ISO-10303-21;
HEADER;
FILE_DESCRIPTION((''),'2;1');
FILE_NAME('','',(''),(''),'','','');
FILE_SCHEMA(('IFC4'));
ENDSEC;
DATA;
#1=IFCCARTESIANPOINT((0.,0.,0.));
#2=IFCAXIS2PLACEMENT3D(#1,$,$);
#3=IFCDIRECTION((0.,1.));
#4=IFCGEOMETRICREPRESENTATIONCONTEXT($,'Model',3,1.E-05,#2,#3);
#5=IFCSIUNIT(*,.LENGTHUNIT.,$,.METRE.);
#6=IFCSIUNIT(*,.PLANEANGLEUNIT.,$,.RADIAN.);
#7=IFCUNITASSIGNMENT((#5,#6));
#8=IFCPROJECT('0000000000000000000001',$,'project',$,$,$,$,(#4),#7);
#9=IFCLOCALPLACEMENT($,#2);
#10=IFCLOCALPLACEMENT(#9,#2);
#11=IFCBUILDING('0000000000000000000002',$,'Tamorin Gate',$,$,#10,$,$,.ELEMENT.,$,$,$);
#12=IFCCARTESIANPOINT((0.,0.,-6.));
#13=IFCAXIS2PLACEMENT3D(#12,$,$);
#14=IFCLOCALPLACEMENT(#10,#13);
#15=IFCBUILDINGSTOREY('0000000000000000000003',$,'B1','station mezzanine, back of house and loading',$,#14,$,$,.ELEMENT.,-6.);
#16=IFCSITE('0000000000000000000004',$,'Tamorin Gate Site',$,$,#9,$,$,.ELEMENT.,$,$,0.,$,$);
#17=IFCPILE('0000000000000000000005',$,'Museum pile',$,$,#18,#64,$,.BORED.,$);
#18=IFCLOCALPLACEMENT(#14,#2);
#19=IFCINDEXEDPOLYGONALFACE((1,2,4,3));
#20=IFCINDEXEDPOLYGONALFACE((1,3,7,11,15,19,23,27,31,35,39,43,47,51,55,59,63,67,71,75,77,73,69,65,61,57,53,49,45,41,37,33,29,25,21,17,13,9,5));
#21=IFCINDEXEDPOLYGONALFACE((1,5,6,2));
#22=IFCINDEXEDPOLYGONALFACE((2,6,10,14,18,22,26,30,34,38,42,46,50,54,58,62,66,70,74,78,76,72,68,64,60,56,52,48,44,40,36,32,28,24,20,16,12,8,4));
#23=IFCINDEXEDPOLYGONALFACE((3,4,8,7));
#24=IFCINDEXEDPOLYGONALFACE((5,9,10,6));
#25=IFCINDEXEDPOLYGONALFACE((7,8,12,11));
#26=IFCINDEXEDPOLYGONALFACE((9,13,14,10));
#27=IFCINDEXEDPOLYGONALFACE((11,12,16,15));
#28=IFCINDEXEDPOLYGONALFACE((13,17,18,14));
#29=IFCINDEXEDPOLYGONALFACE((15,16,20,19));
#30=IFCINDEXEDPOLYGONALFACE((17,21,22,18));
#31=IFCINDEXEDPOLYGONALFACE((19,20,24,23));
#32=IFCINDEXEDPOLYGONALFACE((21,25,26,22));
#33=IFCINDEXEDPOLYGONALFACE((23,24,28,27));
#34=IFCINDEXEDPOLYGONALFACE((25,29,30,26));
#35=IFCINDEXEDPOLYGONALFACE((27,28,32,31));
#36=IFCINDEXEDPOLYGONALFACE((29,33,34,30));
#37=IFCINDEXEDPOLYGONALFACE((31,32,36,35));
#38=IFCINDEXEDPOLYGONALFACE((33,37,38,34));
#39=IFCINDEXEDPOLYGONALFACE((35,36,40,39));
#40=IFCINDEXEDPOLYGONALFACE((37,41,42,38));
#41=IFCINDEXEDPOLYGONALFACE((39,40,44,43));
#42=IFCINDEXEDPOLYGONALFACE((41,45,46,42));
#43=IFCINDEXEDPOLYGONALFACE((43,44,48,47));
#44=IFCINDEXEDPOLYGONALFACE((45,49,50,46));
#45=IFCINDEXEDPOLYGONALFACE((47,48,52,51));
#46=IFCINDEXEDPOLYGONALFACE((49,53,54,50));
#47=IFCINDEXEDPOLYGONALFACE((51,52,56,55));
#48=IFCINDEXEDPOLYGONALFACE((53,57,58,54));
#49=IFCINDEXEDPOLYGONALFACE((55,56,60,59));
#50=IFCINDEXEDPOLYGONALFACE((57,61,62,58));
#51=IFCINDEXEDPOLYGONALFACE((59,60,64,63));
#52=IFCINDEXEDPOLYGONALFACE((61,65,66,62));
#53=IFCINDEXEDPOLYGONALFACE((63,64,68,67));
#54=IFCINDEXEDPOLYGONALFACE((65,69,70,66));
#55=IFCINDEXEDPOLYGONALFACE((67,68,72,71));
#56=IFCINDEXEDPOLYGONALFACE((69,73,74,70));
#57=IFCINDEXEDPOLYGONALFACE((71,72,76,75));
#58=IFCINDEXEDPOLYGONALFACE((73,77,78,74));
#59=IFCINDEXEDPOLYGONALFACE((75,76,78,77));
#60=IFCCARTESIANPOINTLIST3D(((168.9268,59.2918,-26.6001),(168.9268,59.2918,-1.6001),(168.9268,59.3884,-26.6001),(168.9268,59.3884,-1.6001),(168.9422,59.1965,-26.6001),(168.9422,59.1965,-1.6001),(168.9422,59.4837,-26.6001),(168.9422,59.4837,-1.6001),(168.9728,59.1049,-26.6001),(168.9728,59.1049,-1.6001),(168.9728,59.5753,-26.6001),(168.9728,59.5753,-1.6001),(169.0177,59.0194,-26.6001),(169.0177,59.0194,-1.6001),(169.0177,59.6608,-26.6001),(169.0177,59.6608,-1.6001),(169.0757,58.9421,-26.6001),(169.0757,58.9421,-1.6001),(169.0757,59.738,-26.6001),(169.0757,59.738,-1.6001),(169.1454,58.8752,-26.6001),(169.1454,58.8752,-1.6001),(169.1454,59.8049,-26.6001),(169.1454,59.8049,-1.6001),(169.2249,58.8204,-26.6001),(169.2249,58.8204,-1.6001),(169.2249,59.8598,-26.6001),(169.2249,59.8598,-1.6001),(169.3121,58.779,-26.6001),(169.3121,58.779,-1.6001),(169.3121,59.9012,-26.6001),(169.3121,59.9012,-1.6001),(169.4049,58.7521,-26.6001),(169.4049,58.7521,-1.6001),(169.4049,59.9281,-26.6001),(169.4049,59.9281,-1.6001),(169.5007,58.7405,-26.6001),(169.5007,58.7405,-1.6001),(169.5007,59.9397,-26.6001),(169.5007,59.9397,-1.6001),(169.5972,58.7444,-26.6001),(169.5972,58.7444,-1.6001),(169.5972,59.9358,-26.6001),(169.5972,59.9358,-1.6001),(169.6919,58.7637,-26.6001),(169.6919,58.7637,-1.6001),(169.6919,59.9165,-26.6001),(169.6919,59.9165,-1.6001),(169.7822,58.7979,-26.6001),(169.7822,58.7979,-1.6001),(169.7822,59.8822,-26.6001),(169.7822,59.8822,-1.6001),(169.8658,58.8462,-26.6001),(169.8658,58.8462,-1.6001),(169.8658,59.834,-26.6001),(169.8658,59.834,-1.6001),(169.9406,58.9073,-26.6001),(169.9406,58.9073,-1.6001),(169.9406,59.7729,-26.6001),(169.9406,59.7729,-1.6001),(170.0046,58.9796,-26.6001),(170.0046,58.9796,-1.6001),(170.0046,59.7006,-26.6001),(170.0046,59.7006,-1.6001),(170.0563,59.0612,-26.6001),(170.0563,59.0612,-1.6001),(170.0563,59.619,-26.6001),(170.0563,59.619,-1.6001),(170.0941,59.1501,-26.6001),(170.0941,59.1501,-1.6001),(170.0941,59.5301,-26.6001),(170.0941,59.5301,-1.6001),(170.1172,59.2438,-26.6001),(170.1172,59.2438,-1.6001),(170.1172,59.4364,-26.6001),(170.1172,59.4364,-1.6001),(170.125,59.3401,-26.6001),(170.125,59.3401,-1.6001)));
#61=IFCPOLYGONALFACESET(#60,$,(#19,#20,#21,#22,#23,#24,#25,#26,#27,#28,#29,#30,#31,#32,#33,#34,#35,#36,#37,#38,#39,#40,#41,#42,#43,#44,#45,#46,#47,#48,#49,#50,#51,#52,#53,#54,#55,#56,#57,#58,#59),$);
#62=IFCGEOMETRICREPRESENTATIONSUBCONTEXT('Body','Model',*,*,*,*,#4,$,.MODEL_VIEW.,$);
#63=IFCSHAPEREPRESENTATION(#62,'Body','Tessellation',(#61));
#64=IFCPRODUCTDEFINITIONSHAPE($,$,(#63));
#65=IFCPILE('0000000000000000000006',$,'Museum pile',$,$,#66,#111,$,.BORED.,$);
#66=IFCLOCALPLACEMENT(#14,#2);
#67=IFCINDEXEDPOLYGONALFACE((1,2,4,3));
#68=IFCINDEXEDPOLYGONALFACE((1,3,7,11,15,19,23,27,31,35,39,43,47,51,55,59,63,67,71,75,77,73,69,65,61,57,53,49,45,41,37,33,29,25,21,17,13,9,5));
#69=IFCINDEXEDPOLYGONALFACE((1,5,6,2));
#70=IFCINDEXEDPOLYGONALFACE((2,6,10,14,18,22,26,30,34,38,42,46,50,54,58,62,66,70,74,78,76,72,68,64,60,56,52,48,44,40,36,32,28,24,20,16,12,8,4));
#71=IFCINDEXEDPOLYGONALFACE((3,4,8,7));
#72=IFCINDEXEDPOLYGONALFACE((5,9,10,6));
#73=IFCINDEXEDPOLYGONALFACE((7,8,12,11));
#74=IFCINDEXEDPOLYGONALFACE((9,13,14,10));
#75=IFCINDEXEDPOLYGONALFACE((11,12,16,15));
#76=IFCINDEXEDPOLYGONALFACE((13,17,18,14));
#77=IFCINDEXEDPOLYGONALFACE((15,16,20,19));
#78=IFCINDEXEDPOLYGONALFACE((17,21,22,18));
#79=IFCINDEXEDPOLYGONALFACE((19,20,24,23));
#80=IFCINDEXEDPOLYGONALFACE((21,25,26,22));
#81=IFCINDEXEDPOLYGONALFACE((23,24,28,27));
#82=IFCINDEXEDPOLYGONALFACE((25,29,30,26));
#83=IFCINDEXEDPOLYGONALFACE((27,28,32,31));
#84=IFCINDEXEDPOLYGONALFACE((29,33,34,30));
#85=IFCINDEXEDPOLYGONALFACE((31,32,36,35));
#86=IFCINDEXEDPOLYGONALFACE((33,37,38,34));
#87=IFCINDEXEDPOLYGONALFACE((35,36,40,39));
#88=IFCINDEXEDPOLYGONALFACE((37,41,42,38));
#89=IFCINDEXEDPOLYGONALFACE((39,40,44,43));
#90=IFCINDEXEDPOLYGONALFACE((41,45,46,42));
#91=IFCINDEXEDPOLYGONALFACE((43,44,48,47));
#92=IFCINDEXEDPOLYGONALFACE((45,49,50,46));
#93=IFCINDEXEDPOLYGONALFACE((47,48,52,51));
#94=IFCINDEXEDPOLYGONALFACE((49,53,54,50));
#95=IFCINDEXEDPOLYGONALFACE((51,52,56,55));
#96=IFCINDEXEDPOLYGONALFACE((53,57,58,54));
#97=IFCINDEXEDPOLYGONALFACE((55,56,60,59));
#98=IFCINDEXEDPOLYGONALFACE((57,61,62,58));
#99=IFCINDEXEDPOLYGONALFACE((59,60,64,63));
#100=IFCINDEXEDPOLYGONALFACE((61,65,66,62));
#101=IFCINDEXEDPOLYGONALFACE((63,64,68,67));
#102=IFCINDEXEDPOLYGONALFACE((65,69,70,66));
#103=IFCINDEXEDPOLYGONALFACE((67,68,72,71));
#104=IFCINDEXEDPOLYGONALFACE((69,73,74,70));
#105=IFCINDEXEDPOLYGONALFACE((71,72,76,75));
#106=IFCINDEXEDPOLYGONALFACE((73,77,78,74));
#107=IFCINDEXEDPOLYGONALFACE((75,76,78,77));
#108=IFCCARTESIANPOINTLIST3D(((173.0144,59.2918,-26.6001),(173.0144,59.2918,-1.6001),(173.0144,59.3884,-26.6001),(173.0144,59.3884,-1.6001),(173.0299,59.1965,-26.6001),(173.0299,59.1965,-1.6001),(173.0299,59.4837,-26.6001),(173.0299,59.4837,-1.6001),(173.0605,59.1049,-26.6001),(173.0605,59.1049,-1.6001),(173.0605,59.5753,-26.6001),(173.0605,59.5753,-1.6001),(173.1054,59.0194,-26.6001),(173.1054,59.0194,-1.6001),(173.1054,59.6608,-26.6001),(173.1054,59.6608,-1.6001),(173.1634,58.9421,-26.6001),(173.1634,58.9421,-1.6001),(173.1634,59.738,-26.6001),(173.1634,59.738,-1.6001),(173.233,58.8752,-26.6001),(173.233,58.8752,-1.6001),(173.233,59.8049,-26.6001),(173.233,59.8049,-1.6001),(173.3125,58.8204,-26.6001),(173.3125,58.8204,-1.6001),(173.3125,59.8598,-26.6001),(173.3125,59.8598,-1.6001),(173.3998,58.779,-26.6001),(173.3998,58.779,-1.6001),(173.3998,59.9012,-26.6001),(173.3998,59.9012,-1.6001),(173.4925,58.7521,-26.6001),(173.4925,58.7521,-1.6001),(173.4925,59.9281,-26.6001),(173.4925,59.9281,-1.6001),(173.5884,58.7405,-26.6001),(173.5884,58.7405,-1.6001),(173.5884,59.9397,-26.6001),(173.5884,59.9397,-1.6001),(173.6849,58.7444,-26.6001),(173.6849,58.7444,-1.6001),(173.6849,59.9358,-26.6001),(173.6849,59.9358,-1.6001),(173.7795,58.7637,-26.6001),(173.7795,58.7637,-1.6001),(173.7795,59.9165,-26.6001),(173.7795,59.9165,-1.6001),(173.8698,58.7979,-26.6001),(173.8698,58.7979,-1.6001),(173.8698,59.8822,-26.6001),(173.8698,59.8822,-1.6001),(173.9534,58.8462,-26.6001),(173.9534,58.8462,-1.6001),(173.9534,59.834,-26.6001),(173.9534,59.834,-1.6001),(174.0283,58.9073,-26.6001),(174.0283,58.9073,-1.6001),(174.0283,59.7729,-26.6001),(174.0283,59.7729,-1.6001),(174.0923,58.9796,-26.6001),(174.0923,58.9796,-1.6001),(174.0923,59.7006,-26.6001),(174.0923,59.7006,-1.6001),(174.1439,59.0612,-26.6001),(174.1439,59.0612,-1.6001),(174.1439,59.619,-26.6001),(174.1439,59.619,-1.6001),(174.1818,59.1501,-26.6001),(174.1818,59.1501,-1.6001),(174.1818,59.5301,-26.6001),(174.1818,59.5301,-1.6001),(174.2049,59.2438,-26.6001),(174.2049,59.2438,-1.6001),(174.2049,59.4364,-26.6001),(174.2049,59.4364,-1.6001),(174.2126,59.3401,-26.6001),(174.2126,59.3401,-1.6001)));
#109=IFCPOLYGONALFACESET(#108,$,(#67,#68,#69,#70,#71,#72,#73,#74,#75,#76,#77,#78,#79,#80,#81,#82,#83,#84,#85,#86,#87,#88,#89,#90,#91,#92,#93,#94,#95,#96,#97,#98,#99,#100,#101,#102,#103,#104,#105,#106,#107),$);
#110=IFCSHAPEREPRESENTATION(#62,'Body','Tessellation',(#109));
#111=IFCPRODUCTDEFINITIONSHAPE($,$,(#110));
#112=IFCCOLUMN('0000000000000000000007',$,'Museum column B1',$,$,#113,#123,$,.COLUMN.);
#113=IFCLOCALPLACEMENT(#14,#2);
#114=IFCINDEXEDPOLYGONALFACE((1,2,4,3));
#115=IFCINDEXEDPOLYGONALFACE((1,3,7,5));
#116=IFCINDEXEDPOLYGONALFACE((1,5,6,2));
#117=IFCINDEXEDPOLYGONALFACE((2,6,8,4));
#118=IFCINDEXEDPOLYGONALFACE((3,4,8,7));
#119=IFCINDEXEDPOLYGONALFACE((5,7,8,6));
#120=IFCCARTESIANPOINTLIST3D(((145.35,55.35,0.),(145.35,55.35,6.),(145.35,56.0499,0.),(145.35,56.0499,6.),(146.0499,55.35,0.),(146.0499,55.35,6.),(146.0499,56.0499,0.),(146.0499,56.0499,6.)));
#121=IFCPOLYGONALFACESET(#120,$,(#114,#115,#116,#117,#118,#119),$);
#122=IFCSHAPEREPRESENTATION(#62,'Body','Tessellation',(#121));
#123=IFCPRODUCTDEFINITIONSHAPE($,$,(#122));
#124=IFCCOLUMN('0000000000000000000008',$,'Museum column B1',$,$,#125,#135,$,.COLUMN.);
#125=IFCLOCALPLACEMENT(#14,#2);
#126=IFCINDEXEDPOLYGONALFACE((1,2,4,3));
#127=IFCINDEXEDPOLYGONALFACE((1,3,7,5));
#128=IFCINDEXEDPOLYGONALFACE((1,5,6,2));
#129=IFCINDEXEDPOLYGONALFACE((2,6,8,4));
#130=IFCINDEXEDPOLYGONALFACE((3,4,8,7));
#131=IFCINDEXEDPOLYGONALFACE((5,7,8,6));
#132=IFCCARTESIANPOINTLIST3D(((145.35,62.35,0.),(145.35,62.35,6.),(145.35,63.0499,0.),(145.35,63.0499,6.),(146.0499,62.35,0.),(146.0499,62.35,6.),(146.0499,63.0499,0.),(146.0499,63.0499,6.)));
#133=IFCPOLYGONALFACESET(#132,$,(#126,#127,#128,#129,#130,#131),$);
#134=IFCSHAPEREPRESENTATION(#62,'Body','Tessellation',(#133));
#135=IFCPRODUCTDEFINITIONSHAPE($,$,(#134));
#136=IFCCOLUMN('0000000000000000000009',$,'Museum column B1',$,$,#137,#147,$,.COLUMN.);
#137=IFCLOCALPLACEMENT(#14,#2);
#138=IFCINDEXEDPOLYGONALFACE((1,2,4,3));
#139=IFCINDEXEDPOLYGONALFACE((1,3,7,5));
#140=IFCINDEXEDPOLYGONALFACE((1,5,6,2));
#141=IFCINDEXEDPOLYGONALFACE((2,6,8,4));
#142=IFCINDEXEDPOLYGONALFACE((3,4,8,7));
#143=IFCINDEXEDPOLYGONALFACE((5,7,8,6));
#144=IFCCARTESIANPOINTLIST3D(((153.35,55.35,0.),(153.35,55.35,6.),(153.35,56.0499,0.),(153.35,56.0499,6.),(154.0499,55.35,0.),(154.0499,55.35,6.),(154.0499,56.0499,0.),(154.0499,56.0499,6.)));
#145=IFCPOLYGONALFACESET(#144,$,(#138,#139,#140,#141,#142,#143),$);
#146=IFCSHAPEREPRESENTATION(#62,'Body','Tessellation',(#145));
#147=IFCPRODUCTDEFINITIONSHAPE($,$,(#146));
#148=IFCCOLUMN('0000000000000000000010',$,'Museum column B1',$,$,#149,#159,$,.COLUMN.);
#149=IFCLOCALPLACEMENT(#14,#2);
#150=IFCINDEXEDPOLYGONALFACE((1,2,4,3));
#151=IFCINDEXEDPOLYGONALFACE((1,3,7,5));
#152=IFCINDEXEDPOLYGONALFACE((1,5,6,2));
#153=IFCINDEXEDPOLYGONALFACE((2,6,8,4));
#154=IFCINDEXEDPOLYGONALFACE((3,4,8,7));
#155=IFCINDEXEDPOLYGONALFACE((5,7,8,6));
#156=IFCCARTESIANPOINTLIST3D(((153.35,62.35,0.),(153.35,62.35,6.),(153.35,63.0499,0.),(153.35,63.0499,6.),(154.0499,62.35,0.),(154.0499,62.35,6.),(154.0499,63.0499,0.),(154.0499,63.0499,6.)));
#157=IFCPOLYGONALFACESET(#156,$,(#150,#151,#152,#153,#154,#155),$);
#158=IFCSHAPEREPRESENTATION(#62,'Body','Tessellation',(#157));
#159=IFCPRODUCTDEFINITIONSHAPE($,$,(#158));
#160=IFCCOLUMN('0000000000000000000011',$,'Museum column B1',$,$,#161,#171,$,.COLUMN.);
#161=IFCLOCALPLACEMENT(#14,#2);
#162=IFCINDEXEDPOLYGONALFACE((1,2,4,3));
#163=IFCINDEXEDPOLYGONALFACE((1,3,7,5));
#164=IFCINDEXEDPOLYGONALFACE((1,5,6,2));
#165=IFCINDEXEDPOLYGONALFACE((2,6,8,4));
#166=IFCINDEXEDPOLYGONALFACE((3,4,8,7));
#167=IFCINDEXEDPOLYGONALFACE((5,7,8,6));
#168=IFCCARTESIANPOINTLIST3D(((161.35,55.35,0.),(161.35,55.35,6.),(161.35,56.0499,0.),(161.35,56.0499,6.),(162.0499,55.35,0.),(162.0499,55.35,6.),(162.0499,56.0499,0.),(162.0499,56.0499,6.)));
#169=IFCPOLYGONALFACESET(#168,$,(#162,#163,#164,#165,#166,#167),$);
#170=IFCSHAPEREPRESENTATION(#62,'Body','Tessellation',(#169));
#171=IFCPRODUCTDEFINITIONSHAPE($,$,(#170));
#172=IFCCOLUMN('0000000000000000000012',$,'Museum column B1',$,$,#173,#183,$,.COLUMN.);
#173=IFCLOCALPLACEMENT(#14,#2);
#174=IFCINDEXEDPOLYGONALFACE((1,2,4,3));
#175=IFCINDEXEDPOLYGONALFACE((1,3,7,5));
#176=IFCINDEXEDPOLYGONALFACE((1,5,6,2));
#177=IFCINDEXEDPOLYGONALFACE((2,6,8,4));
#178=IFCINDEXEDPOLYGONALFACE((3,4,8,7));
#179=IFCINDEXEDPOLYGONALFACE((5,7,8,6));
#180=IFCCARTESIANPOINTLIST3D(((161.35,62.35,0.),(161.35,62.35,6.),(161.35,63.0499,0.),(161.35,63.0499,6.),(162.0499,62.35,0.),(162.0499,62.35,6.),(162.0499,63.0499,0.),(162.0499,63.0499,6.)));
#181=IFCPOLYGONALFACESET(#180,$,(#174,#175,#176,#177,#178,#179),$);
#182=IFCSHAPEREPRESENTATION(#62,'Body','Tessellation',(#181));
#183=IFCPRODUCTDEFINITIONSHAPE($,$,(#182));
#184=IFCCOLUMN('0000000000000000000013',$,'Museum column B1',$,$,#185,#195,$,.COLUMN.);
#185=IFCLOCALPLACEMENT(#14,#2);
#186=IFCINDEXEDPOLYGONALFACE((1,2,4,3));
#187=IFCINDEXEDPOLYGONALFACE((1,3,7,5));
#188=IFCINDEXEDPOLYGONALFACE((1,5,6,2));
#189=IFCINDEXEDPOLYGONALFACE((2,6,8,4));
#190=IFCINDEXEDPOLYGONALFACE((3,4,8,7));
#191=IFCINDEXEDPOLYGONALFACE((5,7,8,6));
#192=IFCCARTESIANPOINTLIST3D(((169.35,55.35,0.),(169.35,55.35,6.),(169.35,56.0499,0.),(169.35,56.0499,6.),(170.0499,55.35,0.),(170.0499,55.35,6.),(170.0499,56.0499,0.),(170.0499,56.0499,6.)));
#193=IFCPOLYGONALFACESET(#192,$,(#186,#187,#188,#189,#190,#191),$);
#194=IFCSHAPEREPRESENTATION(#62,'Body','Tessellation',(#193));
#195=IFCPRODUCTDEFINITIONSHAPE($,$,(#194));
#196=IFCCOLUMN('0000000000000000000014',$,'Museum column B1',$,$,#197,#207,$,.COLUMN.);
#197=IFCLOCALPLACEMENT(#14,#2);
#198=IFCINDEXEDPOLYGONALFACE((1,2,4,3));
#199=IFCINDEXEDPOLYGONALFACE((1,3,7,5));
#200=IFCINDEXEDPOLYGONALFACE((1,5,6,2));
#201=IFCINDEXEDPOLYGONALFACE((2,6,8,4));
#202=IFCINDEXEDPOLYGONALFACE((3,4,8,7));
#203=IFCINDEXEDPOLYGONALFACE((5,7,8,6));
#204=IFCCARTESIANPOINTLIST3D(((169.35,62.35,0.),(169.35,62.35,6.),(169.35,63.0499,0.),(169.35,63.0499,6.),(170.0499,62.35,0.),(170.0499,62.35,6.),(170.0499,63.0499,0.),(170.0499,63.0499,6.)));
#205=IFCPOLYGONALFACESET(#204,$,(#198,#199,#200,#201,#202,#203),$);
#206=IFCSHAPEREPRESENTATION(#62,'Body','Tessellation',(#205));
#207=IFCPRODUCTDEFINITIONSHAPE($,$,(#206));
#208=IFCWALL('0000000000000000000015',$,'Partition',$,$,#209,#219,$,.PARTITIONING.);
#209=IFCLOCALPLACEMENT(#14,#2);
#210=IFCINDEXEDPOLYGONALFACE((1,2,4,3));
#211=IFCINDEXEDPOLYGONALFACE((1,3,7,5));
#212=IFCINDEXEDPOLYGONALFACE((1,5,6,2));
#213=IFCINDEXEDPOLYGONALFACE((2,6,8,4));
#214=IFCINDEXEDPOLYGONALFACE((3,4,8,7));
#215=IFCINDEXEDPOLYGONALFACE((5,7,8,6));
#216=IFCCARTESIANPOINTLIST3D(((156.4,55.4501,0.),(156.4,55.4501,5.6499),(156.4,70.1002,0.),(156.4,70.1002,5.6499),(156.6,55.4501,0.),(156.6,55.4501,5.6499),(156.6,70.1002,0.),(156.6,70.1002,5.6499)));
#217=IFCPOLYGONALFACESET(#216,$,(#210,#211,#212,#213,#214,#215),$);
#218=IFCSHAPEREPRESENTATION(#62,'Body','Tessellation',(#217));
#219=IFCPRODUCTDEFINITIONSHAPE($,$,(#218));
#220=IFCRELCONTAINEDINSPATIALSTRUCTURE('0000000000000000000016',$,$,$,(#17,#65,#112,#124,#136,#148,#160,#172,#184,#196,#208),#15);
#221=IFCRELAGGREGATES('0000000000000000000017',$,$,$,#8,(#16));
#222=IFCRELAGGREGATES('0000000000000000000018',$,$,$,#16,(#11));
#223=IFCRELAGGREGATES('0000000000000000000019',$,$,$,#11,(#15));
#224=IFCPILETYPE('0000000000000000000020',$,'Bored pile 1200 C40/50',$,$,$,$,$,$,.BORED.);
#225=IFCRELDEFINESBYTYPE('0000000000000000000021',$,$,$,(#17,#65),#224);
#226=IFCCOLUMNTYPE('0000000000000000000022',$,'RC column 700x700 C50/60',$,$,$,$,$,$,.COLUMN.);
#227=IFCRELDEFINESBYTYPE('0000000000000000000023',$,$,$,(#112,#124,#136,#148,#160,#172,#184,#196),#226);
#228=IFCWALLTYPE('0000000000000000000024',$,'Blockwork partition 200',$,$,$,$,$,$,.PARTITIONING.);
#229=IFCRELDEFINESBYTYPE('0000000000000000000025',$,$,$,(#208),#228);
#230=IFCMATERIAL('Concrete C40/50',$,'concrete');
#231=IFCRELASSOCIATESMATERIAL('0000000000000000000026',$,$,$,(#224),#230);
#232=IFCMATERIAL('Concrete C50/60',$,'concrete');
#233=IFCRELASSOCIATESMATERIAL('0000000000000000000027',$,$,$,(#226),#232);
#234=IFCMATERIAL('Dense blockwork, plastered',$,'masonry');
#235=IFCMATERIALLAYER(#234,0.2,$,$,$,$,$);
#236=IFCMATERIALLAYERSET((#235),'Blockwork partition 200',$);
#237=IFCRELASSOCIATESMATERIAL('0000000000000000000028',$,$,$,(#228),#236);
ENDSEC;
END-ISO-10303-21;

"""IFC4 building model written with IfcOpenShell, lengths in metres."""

from ifc_helpers import new_model, si_unit, direction, frame, frame_2d, origin, origin_2d, place, context, subcontext, project, spatial, rectangle, circle, extrude, material, layer, layer_set, material_profile, profile_set, type_object, element, save


model = new_model("IFC4")

# Units and contexts
model_context = context("Model", 3, precision=1e-05, world=origin(), true_north=direction((0.0, 1.0)))
body_context = subcontext(model_context, "Body", "Model", "MODEL_VIEW")
ifc_project = project(units=[si_unit("LENGTHUNIT", "METRE"), si_unit("PLANEANGLEUNIT", "RADIAN")], contexts=[model_context])

# Site, building, storey
site_placement = place(None, origin())
site = spatial("IfcSite", under=ifc_project, at=site_placement, Name="Tamorin Gate Site", CompositionType="ELEMENT", RefElevation=0.0)
building_placement = place(site_placement, origin())
building = spatial("IfcBuilding", under=site, at=building_placement, Name="Tamorin Gate", CompositionType="ELEMENT")
storey_placement = place(building_placement, frame((0.0, 0.0, -6.0)))
storey = spatial("IfcBuildingStorey", under=building, at=storey_placement, Name="B1", Description="station mezzanine, back of house and loading", CompositionType="ELEMENT", Elevation=-6.0)

# Piles
ifc_material_1 = material(Name="Concrete C40/50", Category="concrete")
ifc_material_profile_1 = material_profile(ifc_material_1, circle(Radius=0.6001, at=origin_2d()))
ifc_profile_set_1 = profile_set([ifc_material_profile_1], Name="Concrete C40/50")
pile_type = type_object("IfcPileType", Name="Bored pile 1200 C40/50", PredefinedType="BORED", material=ifc_profile_set_1)
for number, where, z_axis, x_axis, name in (
    (1, (169.5249, 59.3401, -1.6001), (0.0, 0.0, -1.0), (1.0, 0.0, 0.0), "Museum pile"),
    (2, (173.6125, 59.3401, -1.6001), (0.0, 0.0, -1.0), (1.0, 0.0, 0.0), "Museum pile"),
):
    element("IfcPile", number, at=place(storey_placement, frame(where, z_axis=z_axis, x_axis=x_axis)), inside=storey, type_object=pile_type, Name=name, PredefinedType="BORED", context=body_context, shape_type="SweptSolid", body=[
        extrude(circle(Radius=0.6001, at=origin_2d()), origin(), (0.0, 0.0, 1.0), 25.0),
    ])

# Columns
ifc_material_2 = material(Name="Concrete C50/60", Category="concrete")
ifc_material_profile_2 = material_profile(ifc_material_2, rectangle(XDim=0.7, YDim=0.7, at=origin_2d()), Name="RC 700x700")
ifc_profile_set_2 = profile_set([ifc_material_profile_2], Name="Concrete C50/60")
column_type = type_object("IfcColumnType", Name="RC column 700x700 C50/60", PredefinedType="COLUMN", material=ifc_profile_set_2)
for number, where, z_axis, x_axis, name in (
    (3, (145.7, 55.7, 0.0), (0.0, 0.0, 1.0), (1.0, 0.0, 0.0), "Museum column B1"),
    (4, (145.7, 62.7, 0.0), (0.0, 0.0, 1.0), (1.0, 0.0, 0.0), "Museum column B1"),
    (5, (153.7, 55.7, 0.0), (0.0, 0.0, 1.0), (1.0, 0.0, 0.0), "Museum column B1"),
    (6, (153.7, 62.7, 0.0), (0.0, 0.0, 1.0), (1.0, 0.0, 0.0), "Museum column B1"),
    (7, (161.7, 55.7, 0.0), (0.0, 0.0, 1.0), (1.0, 0.0, 0.0), "Museum column B1"),
    (8, (161.7, 62.7, 0.0), (0.0, 0.0, 1.0), (1.0, 0.0, 0.0), "Museum column B1"),
    (9, (169.7, 55.7, 0.0), (0.0, 0.0, 1.0), (1.0, 0.0, 0.0), "Museum column B1"),
    (10, (169.7, 62.7, 0.0), (0.0, 0.0, 1.0), (1.0, 0.0, 0.0), "Museum column B1"),
):
    element("IfcColumn", number, at=place(storey_placement, frame(where, z_axis=z_axis, x_axis=x_axis)), inside=storey, type_object=column_type, Name=name, PredefinedType="COLUMN", context=body_context, shape_type="SweptSolid", body=[
        extrude(rectangle(XDim=0.7, YDim=0.7, at=origin_2d()), origin(), (0.0, 0.0, 1.0), 6.0),
    ])

# Wall
ifc_material_3 = material(Name="Dense blockwork, plastered", Category="masonry")
ifc_layer_1 = layer(ifc_material_3, 0.2)
ifc_layer_set_1 = layer_set([ifc_layer_1], Name="Blockwork partition 200")
wall_type_1 = type_object("IfcWallType", Name="Blockwork partition 200", PredefinedType="PARTITIONING", material=ifc_layer_set_1)
wall_1_placement = place(storey_placement, frame((156.5, 55.45, 0.0), z_axis=(0.0, 0.0, 1.0), x_axis=(0.0, 1.0, 0.0)))
element("IfcWall", 11, at=wall_1_placement, inside=storey, type_object=wall_type_1, Name="Partition", PredefinedType="PARTITIONING", context=body_context, shape_type="SweptSolid", body=[
    extrude(rectangle(XDim=14.6501, YDim=0.2, at=frame_2d((7.3252, 0.0))), origin(), (0.0, 0.0, 1.0), 5.6499),
])

save(model, "model.ifc")
